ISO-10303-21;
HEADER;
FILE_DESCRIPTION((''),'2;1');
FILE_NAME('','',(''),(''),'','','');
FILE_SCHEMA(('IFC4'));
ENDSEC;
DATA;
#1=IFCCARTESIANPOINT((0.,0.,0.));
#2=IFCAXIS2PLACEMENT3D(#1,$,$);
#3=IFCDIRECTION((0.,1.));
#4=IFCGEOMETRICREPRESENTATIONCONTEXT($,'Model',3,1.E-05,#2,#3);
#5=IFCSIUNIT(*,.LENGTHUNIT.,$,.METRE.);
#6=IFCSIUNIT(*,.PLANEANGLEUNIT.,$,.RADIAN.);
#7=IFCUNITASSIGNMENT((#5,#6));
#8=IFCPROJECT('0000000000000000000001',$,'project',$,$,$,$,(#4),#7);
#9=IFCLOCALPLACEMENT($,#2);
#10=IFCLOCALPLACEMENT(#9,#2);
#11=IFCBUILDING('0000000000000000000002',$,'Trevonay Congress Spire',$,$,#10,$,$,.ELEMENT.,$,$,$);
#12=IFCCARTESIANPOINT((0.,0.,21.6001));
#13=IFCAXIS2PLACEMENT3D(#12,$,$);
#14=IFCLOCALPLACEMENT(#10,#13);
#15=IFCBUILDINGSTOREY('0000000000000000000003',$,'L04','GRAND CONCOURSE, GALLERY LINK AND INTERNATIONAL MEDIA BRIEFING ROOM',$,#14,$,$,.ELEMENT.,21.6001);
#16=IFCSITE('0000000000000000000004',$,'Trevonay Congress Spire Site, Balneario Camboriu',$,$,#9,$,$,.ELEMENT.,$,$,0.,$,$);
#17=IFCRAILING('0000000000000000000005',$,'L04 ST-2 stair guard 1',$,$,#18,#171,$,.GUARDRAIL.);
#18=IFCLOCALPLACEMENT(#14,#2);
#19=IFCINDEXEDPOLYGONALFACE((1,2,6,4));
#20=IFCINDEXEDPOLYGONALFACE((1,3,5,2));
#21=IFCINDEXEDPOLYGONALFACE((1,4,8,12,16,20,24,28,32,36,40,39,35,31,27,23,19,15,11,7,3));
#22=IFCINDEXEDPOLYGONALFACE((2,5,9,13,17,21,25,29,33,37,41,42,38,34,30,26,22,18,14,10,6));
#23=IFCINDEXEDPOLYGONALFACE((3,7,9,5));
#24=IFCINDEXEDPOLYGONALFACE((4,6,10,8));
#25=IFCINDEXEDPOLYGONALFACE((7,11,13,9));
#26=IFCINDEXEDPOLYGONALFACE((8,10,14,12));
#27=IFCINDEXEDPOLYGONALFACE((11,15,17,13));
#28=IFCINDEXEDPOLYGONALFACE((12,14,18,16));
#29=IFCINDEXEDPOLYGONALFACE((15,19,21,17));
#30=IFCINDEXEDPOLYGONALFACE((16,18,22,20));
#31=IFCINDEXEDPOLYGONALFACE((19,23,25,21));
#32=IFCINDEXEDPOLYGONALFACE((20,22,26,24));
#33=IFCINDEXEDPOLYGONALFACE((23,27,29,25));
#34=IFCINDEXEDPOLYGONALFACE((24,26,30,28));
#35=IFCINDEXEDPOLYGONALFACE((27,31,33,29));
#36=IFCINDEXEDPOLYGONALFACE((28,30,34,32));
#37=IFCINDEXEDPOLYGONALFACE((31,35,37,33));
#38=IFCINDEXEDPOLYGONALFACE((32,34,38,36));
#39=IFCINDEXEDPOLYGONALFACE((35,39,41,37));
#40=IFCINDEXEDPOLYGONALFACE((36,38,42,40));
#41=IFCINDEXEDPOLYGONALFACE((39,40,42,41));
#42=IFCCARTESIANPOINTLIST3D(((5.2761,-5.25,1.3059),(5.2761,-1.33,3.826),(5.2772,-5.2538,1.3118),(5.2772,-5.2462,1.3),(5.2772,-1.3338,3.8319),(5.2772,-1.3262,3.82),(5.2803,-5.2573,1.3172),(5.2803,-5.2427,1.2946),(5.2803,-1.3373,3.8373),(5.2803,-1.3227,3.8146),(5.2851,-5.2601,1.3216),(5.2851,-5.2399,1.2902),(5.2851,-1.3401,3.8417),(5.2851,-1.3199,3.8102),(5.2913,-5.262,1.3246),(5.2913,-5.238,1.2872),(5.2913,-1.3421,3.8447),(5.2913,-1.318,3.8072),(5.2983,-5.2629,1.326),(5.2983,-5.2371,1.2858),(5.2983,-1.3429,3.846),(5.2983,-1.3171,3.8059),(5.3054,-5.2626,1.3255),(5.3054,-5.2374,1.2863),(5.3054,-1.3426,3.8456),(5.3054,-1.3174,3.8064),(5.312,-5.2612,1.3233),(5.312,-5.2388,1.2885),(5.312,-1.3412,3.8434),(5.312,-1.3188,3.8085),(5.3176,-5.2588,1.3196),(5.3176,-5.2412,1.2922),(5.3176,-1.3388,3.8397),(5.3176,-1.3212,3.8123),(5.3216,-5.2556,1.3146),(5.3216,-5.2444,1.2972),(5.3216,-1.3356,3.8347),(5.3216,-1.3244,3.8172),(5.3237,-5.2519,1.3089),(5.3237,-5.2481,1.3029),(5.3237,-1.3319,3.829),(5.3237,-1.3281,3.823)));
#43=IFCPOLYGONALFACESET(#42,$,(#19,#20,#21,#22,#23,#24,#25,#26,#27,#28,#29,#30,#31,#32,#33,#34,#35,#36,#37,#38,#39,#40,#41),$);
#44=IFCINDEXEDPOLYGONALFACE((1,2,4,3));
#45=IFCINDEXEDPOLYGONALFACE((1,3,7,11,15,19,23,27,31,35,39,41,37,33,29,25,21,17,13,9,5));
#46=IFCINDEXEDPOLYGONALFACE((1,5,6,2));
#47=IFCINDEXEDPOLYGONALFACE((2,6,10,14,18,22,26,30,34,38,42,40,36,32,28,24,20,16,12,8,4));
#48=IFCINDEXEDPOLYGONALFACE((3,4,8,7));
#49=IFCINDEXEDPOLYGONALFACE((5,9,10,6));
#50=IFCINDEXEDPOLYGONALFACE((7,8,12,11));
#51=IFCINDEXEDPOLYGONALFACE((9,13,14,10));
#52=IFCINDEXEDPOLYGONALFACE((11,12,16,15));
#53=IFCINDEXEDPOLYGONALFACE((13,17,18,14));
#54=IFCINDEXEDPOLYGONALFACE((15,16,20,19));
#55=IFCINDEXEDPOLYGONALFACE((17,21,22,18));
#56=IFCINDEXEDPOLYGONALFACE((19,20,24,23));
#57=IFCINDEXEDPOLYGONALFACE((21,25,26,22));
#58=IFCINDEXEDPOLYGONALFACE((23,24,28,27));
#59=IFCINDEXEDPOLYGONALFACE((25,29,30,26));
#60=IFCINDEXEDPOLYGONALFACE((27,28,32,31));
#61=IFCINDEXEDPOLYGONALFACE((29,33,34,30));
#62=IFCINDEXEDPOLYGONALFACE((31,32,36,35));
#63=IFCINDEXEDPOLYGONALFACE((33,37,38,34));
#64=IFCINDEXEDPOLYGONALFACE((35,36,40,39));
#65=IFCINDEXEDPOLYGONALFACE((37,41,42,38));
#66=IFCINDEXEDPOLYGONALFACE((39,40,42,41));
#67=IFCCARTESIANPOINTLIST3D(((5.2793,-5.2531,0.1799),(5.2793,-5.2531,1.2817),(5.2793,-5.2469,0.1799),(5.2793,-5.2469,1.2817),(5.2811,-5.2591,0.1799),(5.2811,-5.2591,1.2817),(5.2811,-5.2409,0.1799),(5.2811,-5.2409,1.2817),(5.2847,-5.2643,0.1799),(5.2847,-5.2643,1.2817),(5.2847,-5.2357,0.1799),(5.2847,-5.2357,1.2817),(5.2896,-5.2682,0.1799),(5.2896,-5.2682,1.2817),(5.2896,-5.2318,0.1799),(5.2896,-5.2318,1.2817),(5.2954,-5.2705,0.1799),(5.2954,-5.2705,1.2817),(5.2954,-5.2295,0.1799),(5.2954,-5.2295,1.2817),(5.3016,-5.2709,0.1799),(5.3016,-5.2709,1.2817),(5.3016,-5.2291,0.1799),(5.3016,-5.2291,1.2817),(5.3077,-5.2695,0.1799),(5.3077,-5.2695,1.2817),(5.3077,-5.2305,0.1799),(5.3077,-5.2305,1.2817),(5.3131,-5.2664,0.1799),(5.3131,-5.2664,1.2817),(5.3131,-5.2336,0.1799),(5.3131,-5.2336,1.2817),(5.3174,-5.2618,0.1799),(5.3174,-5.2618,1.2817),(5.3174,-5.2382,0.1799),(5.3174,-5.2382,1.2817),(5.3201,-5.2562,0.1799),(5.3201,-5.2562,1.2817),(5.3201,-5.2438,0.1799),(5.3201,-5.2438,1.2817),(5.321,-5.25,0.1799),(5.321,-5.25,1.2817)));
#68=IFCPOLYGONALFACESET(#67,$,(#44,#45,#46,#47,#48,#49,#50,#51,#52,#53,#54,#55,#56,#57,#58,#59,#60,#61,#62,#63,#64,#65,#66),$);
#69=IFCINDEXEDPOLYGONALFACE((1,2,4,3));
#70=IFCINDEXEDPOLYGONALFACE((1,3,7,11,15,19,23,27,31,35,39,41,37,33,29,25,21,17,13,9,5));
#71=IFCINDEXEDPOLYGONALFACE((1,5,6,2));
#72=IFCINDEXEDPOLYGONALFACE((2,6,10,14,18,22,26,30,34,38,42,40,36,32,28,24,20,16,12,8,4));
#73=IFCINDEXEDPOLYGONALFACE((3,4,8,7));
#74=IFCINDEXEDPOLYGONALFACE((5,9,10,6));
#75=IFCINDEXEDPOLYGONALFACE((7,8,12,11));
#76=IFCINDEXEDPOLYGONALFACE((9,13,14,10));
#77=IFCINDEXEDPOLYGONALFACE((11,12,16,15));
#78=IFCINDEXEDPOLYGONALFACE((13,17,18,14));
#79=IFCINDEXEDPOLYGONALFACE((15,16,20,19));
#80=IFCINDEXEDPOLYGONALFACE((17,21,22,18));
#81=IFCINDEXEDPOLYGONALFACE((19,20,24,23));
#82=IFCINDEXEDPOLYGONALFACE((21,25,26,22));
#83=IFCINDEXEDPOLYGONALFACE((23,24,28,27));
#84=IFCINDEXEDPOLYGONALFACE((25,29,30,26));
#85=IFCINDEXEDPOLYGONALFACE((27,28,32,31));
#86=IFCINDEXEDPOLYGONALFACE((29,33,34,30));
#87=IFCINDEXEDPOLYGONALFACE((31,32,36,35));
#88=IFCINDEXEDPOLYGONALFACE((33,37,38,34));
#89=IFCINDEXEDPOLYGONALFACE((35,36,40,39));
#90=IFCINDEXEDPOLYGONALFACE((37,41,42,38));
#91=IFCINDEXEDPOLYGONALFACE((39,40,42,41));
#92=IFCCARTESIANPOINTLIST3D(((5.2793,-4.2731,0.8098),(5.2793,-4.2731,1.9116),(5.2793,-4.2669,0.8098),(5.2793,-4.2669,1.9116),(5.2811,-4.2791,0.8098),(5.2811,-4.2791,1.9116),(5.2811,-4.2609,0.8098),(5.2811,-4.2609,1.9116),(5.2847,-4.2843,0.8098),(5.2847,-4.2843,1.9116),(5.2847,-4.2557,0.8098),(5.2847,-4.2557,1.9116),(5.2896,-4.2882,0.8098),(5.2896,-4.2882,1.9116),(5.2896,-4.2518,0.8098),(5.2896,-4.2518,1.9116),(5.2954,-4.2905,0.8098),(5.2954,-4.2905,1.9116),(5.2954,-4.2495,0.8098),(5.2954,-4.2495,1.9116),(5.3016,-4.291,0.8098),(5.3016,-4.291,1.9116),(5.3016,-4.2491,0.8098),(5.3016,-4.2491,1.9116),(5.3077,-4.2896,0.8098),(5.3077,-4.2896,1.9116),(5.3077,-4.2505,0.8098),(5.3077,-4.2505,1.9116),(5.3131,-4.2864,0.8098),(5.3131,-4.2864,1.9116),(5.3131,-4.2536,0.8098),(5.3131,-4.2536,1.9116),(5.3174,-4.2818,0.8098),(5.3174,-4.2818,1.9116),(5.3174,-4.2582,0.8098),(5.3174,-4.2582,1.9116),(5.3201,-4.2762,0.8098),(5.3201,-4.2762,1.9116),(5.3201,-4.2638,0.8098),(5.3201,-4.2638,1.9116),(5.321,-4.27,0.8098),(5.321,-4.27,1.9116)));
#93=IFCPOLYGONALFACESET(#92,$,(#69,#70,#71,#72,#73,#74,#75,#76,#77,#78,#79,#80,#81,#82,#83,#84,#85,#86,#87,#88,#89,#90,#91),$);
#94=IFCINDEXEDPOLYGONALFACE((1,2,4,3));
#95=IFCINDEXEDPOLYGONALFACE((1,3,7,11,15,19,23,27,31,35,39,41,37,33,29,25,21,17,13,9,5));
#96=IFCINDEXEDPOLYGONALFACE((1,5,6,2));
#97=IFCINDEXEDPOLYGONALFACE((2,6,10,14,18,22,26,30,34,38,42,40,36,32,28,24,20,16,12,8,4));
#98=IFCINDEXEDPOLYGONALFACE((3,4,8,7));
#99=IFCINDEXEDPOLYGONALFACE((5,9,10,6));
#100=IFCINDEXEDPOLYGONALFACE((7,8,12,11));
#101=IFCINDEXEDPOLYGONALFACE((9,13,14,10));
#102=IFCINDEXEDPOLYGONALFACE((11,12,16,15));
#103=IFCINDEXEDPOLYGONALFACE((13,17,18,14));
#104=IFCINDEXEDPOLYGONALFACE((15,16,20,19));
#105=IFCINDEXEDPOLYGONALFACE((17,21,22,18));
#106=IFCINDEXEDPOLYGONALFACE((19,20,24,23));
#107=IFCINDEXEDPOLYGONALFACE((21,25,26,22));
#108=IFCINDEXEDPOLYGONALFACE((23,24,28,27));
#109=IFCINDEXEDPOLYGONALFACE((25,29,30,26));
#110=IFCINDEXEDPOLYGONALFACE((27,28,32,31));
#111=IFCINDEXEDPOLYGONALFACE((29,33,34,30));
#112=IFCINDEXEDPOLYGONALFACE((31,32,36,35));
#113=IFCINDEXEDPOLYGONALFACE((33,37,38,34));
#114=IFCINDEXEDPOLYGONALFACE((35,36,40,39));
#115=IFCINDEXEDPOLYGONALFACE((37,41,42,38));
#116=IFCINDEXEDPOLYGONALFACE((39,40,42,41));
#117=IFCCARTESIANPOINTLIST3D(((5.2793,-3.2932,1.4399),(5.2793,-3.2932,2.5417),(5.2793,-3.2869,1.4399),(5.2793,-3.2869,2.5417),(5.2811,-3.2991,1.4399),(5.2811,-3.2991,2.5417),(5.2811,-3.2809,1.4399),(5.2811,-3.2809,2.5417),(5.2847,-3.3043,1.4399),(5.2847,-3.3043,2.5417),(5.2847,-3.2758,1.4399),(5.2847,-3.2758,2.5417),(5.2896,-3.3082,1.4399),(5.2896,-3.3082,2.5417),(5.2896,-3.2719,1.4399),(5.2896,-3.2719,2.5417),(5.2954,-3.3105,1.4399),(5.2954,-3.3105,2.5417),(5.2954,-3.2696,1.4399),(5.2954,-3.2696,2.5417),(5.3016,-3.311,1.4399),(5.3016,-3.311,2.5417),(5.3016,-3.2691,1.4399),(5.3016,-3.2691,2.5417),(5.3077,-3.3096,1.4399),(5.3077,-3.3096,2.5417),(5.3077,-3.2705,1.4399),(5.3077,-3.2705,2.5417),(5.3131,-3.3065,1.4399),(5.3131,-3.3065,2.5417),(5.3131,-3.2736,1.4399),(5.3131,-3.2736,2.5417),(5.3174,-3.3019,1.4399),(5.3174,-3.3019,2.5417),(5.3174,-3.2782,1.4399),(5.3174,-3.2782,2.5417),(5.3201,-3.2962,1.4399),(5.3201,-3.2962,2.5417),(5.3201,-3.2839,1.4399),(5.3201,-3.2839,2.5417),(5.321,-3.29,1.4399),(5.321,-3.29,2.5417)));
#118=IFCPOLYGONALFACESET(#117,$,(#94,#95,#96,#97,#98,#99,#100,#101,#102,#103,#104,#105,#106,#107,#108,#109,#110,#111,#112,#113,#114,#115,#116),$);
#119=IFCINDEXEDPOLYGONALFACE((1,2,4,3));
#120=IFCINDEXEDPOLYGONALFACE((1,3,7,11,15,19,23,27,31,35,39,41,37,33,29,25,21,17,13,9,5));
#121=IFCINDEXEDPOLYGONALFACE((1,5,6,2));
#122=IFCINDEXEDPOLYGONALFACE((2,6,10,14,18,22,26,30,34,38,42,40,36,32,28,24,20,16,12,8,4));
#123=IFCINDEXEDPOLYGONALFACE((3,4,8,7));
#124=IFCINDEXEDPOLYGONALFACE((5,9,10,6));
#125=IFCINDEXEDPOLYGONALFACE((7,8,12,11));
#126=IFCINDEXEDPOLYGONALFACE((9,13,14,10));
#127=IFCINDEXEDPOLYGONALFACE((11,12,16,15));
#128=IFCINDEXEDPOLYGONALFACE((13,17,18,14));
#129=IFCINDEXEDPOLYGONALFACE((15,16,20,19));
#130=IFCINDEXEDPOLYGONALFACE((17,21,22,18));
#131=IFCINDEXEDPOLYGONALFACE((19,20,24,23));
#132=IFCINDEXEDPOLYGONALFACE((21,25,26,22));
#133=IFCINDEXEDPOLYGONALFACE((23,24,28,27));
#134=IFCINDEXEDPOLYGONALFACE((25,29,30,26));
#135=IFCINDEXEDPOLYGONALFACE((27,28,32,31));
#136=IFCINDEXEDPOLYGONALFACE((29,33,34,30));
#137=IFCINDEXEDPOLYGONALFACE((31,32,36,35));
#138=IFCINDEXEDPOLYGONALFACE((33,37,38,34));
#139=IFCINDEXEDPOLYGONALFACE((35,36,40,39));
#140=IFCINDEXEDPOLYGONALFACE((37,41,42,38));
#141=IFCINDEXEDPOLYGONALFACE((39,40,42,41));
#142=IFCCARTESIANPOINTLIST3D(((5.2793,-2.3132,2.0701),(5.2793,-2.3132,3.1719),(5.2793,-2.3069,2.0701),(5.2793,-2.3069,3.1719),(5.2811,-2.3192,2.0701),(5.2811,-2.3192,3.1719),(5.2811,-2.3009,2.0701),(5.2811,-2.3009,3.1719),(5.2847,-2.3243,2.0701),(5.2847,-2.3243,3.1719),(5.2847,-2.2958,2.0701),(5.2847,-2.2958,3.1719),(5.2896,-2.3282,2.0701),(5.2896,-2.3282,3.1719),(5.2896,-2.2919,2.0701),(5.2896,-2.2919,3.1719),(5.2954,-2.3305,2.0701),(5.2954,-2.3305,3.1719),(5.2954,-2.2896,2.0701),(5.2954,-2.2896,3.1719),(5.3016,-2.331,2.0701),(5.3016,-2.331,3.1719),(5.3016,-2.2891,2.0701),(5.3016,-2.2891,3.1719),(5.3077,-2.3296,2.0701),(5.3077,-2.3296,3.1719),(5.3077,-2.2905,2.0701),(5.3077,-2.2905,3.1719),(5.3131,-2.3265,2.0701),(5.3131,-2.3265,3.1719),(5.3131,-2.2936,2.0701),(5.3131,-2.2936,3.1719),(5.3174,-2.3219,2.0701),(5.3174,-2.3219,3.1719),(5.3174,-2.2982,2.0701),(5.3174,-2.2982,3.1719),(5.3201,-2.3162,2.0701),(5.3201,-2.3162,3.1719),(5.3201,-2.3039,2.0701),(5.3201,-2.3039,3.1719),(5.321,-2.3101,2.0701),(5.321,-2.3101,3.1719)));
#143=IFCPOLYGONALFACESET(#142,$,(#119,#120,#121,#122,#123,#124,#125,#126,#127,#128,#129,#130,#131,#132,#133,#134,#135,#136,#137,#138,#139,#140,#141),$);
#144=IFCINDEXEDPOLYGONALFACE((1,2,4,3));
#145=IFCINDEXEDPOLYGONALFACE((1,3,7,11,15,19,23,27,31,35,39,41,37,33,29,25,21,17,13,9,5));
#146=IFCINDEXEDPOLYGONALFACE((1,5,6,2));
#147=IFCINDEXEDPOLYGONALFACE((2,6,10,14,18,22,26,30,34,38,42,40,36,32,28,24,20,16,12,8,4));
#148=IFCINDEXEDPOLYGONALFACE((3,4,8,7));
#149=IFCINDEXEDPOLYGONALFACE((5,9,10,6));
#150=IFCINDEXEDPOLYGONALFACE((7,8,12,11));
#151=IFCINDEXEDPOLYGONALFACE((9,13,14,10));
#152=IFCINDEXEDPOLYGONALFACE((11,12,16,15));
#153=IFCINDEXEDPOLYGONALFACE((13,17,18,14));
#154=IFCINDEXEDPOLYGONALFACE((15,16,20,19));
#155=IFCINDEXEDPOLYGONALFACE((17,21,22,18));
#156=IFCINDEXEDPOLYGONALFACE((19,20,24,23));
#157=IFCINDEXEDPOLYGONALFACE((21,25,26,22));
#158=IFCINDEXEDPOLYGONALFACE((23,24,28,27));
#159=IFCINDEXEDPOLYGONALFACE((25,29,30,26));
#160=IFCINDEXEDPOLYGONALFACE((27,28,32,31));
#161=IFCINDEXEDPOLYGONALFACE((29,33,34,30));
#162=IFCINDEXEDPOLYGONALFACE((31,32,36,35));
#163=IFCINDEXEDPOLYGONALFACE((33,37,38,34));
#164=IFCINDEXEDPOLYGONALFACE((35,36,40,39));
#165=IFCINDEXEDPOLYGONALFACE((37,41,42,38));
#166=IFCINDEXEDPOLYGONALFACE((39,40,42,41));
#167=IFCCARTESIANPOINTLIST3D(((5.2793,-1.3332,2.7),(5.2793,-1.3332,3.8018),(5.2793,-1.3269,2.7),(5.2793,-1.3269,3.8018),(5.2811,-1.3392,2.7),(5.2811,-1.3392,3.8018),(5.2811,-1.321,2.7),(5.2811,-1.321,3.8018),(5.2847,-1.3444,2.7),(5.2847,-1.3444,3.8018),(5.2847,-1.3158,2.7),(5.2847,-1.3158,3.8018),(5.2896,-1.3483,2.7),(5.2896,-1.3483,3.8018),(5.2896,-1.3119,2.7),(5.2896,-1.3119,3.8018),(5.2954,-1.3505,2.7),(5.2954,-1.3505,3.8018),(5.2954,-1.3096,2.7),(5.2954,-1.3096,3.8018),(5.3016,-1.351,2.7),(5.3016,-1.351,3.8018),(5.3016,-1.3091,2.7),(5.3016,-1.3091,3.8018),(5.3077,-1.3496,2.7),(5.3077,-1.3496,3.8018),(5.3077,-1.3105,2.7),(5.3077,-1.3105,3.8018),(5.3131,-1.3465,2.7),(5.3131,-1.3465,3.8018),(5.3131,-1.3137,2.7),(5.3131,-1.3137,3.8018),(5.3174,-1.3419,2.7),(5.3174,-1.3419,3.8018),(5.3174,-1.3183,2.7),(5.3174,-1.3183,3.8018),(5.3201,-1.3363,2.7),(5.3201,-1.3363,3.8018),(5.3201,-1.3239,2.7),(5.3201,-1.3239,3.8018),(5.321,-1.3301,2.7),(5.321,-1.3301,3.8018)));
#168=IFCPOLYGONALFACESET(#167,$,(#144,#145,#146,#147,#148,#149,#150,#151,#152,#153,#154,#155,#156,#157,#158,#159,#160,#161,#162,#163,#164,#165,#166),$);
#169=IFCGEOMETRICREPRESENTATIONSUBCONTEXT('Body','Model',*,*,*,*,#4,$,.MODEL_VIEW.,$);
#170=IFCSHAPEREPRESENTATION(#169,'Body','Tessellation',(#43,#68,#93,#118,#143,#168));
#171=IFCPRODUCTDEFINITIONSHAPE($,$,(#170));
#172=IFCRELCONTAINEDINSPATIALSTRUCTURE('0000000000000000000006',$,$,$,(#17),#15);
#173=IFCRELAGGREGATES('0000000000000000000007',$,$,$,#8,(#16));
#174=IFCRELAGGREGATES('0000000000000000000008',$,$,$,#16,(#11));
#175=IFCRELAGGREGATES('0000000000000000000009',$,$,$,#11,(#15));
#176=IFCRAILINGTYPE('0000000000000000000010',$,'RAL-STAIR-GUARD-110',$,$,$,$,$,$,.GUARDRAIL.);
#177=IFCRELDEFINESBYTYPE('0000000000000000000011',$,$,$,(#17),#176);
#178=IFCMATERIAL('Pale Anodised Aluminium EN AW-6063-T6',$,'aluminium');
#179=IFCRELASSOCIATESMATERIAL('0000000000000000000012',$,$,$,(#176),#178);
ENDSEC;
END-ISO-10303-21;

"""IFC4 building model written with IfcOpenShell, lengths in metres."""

from ifc_helpers import new_model, si_unit, direction, frame, origin, origin_2d, place, context, subcontext, project, spatial, circle, extrude, material, type_object, element, save


model = new_model("IFC4")

# Units and contexts
model_context = context("Model", 3, precision=1e-05, world=origin(), true_north=direction((0.0, 1.0)))
body_context = subcontext(model_context, "Body", "Model", "MODEL_VIEW")
ifc_project = project(units=[si_unit("LENGTHUNIT", "METRE"), si_unit("PLANEANGLEUNIT", "RADIAN")], contexts=[model_context])

# Site, building, storey
site_placement = place(None, origin())
site = spatial("IfcSite", under=ifc_project, at=site_placement, Name="Trevonay Congress Spire Site, Balneario Camboriu", CompositionType="ELEMENT", RefElevation=0.0)
building_placement = place(site_placement, origin())
building = spatial("IfcBuilding", under=site, at=building_placement, Name="Trevonay Congress Spire", CompositionType="ELEMENT")
storey_placement = place(building_placement, frame((0.0, 0.0, 21.6001)))
storey = spatial("IfcBuildingStorey", under=building, at=storey_placement, Name="L04", Description="GRAND CONCOURSE, GALLERY LINK AND INTERNATIONAL MEDIA BRIEFING ROOM", CompositionType="ELEMENT", Elevation=21.6001)

# Railing
ifc_material_1 = material(Name="Pale Anodised Aluminium EN AW-6063-T6", Category="aluminium")
railing_type_1 = type_object("IfcRailingType", Name="RAL-STAIR-GUARD-110", PredefinedType="GUARDRAIL", material=ifc_material_1)
railing_1_placement = place(storey_placement, frame((5.3, -5.25, 0.1799)))
element("IfcRailing", 1, at=railing_1_placement, inside=storey, type_object=railing_type_1, Name="L04 ST-2 stair guard 1", PredefinedType="GUARDRAIL", context=body_context, shape_type="SweptSolid", body=[
    extrude(circle(Radius=0.0239, at=origin_2d()), frame((0.0, 0.0, 1.126), z_axis=(0.0, 0.841172, 0.540768), x_axis=(-1.0, 0.0, 0.0)), (0.0, 0.0, 1.0), 4.6602),
    extrude(circle(Radius=0.021, at=origin_2d()), origin(), (0.0, 0.0, 1.0), 1.1018),
    extrude(circle(Radius=0.021, at=origin_2d()), frame((0.0, 0.98, 0.6299)), (0.0, 0.0, 1.0), 1.1018),
    extrude(circle(Radius=0.021, at=origin_2d()), frame((0.0, 1.96, 1.26)), (0.0, 0.0, 1.0), 1.1018),
    extrude(circle(Radius=0.021, at=origin_2d()), frame((0.0, 2.9399, 1.8901)), (0.0, 0.0, 1.0), 1.1018),
    extrude(circle(Radius=0.021, at=origin_2d()), frame((0.0, 3.9199, 2.52)), (0.0, 0.0, 1.0), 1.1018),
])

save(model, "model.ifc")
